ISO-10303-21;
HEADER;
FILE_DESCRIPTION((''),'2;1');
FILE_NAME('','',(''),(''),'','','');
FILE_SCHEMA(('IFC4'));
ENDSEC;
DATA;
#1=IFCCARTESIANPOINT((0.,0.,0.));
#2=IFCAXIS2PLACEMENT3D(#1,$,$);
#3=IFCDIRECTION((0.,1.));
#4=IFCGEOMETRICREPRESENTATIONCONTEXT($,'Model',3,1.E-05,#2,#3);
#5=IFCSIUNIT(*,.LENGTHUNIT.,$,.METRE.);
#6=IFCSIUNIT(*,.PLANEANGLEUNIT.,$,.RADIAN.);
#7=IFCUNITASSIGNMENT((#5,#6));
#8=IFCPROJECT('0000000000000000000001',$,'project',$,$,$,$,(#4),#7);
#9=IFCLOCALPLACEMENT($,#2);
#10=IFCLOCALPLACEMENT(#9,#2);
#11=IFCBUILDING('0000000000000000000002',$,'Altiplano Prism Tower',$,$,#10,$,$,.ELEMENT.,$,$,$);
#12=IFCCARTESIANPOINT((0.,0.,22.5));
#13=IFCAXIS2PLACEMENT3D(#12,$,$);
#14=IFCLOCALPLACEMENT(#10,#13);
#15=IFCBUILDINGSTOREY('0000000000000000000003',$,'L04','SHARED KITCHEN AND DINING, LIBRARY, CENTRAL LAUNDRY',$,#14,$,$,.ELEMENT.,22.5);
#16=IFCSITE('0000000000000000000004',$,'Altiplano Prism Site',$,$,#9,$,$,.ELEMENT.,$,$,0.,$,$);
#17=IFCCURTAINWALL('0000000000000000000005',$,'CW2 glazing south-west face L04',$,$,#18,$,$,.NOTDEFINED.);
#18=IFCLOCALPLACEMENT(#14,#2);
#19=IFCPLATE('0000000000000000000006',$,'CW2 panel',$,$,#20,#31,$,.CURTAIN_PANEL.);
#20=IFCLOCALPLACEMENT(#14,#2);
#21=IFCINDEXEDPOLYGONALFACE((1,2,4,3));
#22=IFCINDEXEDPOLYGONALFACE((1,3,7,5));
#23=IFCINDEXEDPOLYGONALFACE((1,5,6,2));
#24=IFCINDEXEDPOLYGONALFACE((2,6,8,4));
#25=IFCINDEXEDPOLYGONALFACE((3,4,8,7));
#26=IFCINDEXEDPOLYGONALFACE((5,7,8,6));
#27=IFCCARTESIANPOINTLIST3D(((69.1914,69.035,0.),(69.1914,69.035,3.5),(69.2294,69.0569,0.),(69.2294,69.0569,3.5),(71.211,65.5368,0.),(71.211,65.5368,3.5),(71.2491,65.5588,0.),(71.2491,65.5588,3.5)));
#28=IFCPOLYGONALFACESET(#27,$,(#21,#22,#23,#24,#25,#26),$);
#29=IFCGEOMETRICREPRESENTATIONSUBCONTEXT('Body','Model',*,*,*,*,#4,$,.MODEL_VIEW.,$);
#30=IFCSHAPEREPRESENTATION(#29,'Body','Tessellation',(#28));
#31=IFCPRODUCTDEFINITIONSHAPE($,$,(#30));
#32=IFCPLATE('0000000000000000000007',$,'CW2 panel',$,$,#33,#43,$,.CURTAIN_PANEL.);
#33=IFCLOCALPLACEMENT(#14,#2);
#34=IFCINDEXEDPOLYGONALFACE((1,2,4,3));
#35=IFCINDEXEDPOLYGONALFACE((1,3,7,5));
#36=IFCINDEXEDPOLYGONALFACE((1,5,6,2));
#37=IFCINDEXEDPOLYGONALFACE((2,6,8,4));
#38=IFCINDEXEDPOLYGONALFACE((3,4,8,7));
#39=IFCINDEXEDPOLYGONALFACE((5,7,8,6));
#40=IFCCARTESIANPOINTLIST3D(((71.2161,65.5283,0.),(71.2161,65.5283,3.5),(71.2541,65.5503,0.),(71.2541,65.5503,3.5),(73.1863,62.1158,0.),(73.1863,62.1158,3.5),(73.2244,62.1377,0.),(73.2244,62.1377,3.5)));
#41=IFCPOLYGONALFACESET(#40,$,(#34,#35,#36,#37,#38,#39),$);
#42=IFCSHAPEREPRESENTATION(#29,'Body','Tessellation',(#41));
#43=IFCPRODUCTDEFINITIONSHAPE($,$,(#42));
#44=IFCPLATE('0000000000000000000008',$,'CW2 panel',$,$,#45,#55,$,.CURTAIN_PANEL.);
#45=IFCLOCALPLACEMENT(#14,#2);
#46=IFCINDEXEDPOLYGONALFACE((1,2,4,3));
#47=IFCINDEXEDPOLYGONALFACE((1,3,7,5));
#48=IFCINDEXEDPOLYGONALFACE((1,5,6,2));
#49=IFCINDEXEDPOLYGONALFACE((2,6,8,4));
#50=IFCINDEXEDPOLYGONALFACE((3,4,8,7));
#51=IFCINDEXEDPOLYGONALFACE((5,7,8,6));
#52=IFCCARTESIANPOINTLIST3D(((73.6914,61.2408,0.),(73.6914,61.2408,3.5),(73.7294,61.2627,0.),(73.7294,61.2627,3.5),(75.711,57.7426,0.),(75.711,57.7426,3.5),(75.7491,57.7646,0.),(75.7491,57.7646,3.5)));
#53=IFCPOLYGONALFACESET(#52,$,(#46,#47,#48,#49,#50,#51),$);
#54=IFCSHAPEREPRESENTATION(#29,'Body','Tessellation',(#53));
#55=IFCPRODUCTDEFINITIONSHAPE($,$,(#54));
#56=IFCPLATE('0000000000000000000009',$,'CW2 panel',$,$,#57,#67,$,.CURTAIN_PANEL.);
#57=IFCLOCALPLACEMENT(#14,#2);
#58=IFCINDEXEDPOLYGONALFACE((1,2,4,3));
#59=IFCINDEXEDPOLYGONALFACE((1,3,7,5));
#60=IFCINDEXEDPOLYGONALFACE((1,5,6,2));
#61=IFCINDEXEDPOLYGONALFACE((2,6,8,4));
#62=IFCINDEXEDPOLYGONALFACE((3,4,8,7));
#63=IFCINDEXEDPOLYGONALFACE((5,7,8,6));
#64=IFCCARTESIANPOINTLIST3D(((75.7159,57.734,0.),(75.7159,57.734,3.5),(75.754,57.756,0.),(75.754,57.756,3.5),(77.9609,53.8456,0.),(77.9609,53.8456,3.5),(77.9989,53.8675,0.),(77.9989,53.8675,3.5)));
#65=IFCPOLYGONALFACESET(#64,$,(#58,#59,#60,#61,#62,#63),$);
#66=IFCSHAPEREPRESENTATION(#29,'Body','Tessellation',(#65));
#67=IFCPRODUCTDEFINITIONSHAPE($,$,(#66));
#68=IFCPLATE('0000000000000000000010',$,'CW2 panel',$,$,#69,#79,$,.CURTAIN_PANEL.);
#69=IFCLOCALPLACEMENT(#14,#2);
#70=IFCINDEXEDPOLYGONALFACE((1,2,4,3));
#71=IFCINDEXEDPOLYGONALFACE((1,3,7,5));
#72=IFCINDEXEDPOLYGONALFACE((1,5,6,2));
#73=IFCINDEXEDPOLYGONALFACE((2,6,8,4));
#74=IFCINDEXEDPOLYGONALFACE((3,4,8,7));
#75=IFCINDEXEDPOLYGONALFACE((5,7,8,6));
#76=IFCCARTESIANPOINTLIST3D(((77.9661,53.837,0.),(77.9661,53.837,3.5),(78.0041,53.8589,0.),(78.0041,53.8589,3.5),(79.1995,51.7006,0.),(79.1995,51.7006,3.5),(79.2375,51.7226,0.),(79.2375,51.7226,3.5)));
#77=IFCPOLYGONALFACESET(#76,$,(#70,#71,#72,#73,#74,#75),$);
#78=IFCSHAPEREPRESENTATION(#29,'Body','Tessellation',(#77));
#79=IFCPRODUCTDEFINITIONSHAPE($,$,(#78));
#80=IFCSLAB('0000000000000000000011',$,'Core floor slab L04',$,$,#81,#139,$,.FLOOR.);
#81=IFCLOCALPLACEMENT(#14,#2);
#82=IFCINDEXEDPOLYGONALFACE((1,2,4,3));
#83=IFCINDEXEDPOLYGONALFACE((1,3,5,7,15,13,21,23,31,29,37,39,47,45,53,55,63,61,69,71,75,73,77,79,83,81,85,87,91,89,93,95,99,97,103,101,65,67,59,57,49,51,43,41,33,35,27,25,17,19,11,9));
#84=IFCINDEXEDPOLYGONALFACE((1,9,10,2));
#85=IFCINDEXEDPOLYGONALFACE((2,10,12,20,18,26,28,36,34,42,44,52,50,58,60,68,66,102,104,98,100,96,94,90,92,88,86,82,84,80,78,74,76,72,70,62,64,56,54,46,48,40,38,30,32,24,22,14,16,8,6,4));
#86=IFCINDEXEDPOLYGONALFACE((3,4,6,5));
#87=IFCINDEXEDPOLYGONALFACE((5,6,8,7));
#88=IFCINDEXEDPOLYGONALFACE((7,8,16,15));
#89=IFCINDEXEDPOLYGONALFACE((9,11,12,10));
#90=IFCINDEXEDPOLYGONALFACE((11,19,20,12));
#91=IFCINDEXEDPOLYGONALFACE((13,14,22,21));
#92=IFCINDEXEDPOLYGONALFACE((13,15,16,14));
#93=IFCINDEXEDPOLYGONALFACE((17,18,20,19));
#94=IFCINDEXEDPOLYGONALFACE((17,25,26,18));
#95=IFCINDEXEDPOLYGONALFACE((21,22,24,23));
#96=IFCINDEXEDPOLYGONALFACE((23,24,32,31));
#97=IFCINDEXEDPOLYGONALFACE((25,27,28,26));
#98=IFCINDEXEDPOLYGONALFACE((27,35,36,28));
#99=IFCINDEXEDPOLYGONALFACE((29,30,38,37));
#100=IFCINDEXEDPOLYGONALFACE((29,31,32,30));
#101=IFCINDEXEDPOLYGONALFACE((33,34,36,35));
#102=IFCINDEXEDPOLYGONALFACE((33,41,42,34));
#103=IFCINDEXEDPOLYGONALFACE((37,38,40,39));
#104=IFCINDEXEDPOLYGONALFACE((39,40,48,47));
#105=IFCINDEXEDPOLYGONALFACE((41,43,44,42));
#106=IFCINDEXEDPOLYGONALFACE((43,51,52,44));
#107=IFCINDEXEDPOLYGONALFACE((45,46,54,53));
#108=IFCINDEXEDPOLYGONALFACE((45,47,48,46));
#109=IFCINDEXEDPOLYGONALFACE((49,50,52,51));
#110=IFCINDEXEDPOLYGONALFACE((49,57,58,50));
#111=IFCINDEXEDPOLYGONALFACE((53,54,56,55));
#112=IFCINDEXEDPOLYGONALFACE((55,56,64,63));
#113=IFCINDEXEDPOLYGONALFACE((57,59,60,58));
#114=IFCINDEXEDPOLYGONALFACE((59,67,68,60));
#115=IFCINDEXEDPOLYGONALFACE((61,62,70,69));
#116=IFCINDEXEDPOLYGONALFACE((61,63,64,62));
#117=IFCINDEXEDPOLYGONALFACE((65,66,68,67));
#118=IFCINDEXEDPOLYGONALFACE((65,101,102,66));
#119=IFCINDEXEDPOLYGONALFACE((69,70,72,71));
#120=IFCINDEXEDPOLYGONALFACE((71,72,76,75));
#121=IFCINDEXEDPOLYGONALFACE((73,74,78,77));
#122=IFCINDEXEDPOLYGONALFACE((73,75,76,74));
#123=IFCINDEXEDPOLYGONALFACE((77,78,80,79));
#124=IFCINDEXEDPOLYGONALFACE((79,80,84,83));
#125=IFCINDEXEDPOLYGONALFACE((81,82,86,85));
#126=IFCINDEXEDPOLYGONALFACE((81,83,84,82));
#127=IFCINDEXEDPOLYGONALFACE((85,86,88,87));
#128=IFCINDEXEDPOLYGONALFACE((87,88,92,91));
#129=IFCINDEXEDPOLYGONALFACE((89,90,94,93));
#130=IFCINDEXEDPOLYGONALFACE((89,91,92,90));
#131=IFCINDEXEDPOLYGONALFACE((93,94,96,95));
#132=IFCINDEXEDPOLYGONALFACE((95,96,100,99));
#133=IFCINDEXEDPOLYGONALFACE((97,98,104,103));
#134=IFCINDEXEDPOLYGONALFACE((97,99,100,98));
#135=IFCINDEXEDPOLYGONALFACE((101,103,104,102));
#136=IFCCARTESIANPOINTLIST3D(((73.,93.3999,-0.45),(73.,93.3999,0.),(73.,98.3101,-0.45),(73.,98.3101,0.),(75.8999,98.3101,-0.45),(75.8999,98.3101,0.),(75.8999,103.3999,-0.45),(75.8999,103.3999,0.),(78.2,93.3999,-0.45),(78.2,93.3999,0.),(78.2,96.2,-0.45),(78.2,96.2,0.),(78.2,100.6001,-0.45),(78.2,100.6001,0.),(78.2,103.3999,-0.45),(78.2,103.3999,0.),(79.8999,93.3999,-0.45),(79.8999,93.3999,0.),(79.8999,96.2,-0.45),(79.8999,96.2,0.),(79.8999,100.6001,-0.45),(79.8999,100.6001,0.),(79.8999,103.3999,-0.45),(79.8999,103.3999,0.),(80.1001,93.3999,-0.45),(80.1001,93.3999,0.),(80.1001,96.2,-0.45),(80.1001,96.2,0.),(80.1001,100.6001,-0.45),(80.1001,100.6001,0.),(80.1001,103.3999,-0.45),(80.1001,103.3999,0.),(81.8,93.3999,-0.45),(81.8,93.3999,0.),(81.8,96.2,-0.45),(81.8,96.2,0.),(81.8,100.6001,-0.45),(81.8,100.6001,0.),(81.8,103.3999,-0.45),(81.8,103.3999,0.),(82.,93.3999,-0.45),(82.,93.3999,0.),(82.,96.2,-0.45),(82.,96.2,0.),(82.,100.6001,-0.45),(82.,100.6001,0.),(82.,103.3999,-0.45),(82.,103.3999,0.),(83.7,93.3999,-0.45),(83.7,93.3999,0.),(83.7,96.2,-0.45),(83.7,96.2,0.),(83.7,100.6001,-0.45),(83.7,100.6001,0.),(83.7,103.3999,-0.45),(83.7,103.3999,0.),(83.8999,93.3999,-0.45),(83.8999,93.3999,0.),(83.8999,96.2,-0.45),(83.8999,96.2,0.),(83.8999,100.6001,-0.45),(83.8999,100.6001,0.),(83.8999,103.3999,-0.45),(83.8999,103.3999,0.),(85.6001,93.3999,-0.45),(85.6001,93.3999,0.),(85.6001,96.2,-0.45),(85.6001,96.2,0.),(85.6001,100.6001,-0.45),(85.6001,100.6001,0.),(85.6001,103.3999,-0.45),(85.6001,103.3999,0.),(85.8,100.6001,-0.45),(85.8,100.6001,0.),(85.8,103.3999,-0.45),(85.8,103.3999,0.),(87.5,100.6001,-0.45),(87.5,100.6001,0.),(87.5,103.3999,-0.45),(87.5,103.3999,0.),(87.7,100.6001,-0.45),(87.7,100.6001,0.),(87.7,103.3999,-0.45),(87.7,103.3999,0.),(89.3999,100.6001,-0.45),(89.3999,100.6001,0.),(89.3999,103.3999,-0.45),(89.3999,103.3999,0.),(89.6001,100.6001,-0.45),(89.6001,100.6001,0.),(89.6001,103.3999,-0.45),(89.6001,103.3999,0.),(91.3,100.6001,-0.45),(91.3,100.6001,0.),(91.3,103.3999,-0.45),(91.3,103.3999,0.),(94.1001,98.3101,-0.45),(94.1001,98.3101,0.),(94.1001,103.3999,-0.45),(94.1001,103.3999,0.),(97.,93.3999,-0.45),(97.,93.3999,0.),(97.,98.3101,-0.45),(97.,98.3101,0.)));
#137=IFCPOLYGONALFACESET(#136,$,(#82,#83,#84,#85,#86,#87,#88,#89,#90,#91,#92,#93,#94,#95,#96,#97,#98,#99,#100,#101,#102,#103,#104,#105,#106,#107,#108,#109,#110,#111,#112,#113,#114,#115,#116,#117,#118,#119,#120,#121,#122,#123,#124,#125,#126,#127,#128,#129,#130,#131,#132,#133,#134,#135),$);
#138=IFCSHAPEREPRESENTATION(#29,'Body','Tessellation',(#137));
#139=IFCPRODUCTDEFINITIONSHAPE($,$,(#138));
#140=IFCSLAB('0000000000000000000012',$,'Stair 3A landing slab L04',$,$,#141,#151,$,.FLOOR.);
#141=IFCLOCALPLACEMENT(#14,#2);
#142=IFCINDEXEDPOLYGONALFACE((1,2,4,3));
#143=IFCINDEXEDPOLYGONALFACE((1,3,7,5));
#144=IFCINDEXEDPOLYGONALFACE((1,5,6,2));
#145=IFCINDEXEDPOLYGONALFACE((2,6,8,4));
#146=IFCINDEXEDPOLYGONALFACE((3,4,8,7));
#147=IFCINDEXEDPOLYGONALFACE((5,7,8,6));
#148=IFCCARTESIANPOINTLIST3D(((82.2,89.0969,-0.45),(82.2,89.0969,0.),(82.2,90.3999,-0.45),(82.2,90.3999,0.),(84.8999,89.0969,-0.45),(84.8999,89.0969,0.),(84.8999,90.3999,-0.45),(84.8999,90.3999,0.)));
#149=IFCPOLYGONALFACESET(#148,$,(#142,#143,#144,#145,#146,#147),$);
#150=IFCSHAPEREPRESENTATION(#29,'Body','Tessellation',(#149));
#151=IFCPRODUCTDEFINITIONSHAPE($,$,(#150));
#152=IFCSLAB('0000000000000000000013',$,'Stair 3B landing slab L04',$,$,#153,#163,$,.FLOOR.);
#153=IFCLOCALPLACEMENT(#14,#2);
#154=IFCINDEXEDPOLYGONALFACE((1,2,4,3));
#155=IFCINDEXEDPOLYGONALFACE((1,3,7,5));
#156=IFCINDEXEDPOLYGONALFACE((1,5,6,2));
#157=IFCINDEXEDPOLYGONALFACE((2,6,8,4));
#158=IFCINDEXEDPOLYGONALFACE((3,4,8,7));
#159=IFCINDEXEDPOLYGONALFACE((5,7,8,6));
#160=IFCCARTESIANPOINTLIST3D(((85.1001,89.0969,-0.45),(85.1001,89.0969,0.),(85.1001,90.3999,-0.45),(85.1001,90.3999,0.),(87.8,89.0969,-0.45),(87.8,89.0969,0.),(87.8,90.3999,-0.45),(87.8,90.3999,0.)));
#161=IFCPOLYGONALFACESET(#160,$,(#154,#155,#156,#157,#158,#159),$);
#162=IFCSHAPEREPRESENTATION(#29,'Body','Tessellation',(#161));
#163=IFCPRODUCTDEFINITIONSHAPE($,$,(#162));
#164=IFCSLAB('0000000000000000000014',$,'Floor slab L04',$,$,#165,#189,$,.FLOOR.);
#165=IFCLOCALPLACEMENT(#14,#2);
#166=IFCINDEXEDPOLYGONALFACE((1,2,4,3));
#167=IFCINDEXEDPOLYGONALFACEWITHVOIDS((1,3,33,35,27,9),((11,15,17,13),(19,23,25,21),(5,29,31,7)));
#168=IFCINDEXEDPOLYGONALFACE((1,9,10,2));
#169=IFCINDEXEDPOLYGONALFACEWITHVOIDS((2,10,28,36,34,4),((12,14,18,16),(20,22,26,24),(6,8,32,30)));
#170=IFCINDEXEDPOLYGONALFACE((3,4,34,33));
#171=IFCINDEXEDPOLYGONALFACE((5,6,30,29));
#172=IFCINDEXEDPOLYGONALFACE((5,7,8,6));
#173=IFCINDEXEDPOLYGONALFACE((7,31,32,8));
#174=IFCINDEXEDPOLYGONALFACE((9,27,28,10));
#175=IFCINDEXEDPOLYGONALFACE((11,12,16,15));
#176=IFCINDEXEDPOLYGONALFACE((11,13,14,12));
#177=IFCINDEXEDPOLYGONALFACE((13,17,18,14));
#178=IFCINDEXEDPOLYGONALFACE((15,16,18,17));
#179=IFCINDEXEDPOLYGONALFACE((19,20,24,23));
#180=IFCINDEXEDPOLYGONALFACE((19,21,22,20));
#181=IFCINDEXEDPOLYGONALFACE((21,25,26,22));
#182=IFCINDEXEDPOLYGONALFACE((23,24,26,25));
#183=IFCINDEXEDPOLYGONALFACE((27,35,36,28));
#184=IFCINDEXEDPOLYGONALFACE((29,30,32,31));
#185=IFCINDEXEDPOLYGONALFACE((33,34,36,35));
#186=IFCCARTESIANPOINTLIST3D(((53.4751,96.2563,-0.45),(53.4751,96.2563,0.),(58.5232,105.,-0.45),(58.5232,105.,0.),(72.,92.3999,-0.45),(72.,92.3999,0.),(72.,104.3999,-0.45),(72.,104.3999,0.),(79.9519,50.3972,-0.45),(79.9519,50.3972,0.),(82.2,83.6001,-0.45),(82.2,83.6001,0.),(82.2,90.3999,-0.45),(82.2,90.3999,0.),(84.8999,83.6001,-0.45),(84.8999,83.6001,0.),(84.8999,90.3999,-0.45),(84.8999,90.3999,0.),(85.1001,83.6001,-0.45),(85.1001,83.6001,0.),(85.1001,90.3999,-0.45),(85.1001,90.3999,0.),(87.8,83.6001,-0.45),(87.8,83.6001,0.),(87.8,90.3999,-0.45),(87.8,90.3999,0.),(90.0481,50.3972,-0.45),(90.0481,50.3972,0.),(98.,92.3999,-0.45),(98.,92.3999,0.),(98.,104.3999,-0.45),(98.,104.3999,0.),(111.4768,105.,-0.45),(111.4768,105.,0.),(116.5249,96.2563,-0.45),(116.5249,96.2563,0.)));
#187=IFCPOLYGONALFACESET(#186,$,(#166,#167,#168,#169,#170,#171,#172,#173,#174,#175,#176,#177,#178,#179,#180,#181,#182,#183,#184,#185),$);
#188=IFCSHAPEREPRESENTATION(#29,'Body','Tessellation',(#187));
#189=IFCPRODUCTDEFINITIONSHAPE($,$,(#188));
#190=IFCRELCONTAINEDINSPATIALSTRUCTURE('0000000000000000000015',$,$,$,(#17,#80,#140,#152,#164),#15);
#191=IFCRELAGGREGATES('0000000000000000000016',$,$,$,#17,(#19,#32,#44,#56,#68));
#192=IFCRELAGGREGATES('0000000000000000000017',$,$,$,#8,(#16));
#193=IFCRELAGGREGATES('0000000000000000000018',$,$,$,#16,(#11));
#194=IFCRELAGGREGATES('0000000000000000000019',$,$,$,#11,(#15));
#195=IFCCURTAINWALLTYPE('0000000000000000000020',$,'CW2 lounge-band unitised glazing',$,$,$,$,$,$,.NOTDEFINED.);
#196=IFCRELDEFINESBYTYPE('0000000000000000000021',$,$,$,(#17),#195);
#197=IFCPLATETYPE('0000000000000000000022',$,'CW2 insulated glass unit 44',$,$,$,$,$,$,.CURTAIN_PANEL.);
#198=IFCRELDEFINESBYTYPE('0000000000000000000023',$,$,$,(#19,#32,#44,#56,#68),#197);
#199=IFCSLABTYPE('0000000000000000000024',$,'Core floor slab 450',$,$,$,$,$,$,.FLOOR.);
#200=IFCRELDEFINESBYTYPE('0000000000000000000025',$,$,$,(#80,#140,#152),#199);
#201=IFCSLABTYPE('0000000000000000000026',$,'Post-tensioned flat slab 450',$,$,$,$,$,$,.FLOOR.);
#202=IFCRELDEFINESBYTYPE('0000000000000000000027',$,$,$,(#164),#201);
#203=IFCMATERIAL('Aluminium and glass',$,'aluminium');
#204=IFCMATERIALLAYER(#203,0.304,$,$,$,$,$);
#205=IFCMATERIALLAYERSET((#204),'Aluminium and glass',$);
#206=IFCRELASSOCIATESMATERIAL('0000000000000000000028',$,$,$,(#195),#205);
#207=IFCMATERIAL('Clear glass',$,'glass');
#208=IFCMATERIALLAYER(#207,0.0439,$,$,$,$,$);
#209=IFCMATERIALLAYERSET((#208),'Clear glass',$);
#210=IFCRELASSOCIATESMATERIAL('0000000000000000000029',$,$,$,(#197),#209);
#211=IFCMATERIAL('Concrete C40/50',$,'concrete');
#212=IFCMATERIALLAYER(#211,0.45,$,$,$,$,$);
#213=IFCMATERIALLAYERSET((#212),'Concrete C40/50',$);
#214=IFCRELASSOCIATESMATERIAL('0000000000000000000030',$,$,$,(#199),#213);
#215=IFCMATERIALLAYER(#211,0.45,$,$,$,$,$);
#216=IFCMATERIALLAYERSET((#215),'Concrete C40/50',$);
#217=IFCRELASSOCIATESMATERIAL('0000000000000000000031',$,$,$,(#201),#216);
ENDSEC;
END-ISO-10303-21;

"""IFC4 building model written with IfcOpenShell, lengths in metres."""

from ifc_helpers import new_model, si_unit, direction, frame, origin, origin_2d, place, context, subcontext, project, spatial, polyline, rectangle, outline, extrude, material, layer, layer_set, type_object, element, aggregate, save


model = new_model("IFC4")

# Units and contexts
model_context = context("Model", 3, precision=1e-05, world=origin(), true_north=direction((0.0, 1.0)))
body_context = subcontext(model_context, "Body", "Model", "MODEL_VIEW")
ifc_project = project(units=[si_unit("LENGTHUNIT", "METRE"), si_unit("PLANEANGLEUNIT", "RADIAN")], contexts=[model_context])

# Site, building, storey
site_placement = place(None, origin())
site = spatial("IfcSite", under=ifc_project, at=site_placement, Name="Altiplano Prism Site", CompositionType="ELEMENT", RefElevation=0.0)
building_placement = place(site_placement, origin())
building = spatial("IfcBuilding", under=site, at=building_placement, Name="Altiplano Prism Tower", CompositionType="ELEMENT")
storey_placement = place(building_placement, frame((0.0, 0.0, 22.5)))
storey = spatial("IfcBuildingStorey", under=building, at=storey_placement, Name="L04", Description="SHARED KITCHEN AND DINING, LIBRARY, CENTRAL LAUNDRY", CompositionType="ELEMENT", Elevation=22.5)

# Curtain wall
ifc_material_1 = material(Name="Aluminium and glass", Category="aluminium")
ifc_layer_1 = layer(ifc_material_1, 0.304)
ifc_layer_set_1 = layer_set([ifc_layer_1], Name="Aluminium and glass")
curtain_wall_type = type_object("IfcCurtainWallType", Name="CW2 lounge-band unitised glazing", PredefinedType="NOTDEFINED", material=ifc_layer_set_1)
curtain_wall_placement = place(storey_placement, origin())
curtain_wall = element("IfcCurtainWall", 1, at=curtain_wall_placement, inside=storey, type_object=curtain_wall_type, Name="CW2 glazing south-west face L04", PredefinedType="NOTDEFINED")

# Plates
ifc_material_2 = material(Name="Clear glass", Category="glass")
ifc_layer_2 = layer(ifc_material_2, 0.0439)
ifc_layer_set_2 = layer_set([ifc_layer_2], Name="Clear glass")
plate_type = type_object("IfcPlateType", Name="CW2 insulated glass unit 44", PredefinedType="CURTAIN_PANEL", material=ifc_layer_set_2)
plate_1_placement = place(storey_placement, frame((70.2202, 67.2969, 0.0), z_axis=(0.0, 0.0, 1.0), x_axis=(0.5, -0.866025, 0.0)))
plate_1 = element("IfcPlate", 2, at=plate_1_placement, type_object=plate_type, Name="CW2 panel", PredefinedType="CURTAIN_PANEL", context=body_context, shape_type="SweptSolid", body=[
    extrude(rectangle(XDim=4.0393, YDim=0.0439, at=origin_2d()), origin(), (0.0, 0.0, 1.0), 3.5),
])
plate_2_placement = place(storey_placement, frame((72.2202, 63.833, 0.0), z_axis=(0.0, 0.0, 1.0), x_axis=(0.5, -0.866025, 0.0)))
plate_2 = element("IfcPlate", 3, at=plate_2_placement, type_object=plate_type, Name="CW2 panel", PredefinedType="CURTAIN_PANEL", context=body_context, shape_type="SweptSolid", body=[
    extrude(rectangle(XDim=3.9404, YDim=0.0439, at=origin_2d()), origin(), (0.0, 0.0, 1.0), 3.5),
])
plate_3_placement = place(storey_placement, frame((74.7202, 59.5027, 0.0), z_axis=(0.0, 0.0, 1.0), x_axis=(0.5, -0.866025, 0.0)))
plate_3 = element("IfcPlate", 4, at=plate_3_placement, type_object=plate_type, Name="CW2 panel", PredefinedType="CURTAIN_PANEL", context=body_context, shape_type="SweptSolid", body=[
    extrude(rectangle(XDim=4.0393, YDim=0.0439, at=origin_2d()), origin(), (0.0, 0.0, 1.0), 3.5),
])
plate_4_placement = place(storey_placement, frame((76.8574, 55.8008, 0.0), z_axis=(0.0, 0.0, 1.0), x_axis=(0.5, -0.866025, 0.0)))
plate_4 = element("IfcPlate", 5, at=plate_4_placement, type_object=plate_type, Name="CW2 panel", PredefinedType="CURTAIN_PANEL", context=body_context, shape_type="SweptSolid", body=[
    extrude(rectangle(XDim=4.49, YDim=0.0439, at=origin_2d()), origin(), (0.0, 0.0, 1.0), 3.5),
])
plate_5_placement = place(storey_placement, frame((78.6018, 52.7798, 0.0), z_axis=(0.0, 0.0, 1.0), x_axis=(0.5, -0.866025, 0.0)))
plate_5 = element("IfcPlate", 6, at=plate_5_placement, type_object=plate_type, Name="CW2 panel", PredefinedType="CURTAIN_PANEL", context=body_context, shape_type="SweptSolid", body=[
    extrude(rectangle(XDim=2.4668, YDim=0.0439, at=origin_2d()), origin(), (0.0, 0.0, 1.0), 3.5),
])
aggregate(curtain_wall, [plate_1, plate_2, plate_3, plate_4, plate_5])

# Slabs
ifc_material_3 = material(Name="Concrete C40/50", Category="concrete")
ifc_layer_3 = layer(ifc_material_3, 0.45)
ifc_layer_set_3 = layer_set([ifc_layer_3], Name="Concrete C40/50")
slab_type_1 = type_object("IfcSlabType", Name="Core floor slab 450", PredefinedType="FLOOR", material=ifc_layer_set_3)
slab_1_placement = place(storey_placement, frame((0.0, 0.0, -0.45)))
element("IfcSlab", 7, at=slab_1_placement, inside=storey, type_object=slab_type_1, Name="Core floor slab L04", PredefinedType="FLOOR", context=body_context, shape_type="SweptSolid", body=[
    extrude(outline(polyline([(97.0, 98.3101), (94.1001, 98.3101), (94.1001, 103.3999), (91.3, 103.3999), (91.3, 100.6001), (89.6001, 100.6001), (89.6001, 103.3999), (89.3999, 103.3999), (89.3999, 100.6001), (87.7, 100.6001), (87.7, 103.3999), (87.5, 103.3999), (87.5, 100.6001), (85.8, 100.6001), (85.8, 103.3999), (85.6001, 103.3999), (85.6001, 100.6001), (83.8999, 100.6001), (83.8999, 103.3999), (83.7, 103.3999), (83.7, 100.6001), (82.0, 100.6001), (82.0, 103.3999), (81.8, 103.3999), (81.8, 100.6001), (80.1001, 100.6001), (80.1001, 103.3999), (79.8999, 103.3999), (79.8999, 100.6001), (78.2, 100.6001), (78.2, 103.3999), (75.8999, 103.3999), (75.8999, 98.3101), (73.0, 98.3101), (73.0, 93.3999), (78.2, 93.3999), (78.2, 96.2), (79.8999, 96.2), (79.8999, 93.3999), (80.1001, 93.3999), (80.1001, 96.2), (81.8, 96.2), (81.8, 93.3999), (82.0, 93.3999), (82.0, 96.2), (83.7, 96.2), (83.7, 93.3999), (83.8999, 93.3999), (83.8999, 96.2), (85.6001, 96.2), (85.6001, 93.3999), (97.0, 93.3999), (97.0, 98.3101)])), origin(), (0.0, 0.0, 1.0), 0.45),
])
slab_2_placement = place(storey_placement, frame((0.0, 0.0, -0.45)))
element("IfcSlab", 8, at=slab_2_placement, inside=storey, type_object=slab_type_1, Name="Stair 3A landing slab L04", PredefinedType="FLOOR", context=body_context, shape_type="SweptSolid", body=[
    extrude(outline(polyline([(82.2, 89.0969), (84.8999, 89.0969), (84.8999, 90.3999), (82.2, 90.3999), (82.2, 89.0969)])), origin(), (0.0, 0.0, 1.0), 0.45),
])
slab_3_placement = place(storey_placement, frame((0.0, 0.0, -0.45)))
element("IfcSlab", 9, at=slab_3_placement, inside=storey, type_object=slab_type_1, Name="Stair 3B landing slab L04", PredefinedType="FLOOR", context=body_context, shape_type="SweptSolid", body=[
    extrude(outline(polyline([(85.1001, 89.0969), (87.8, 89.0969), (87.8, 90.3999), (85.1001, 90.3999), (85.1001, 89.0969)])), origin(), (0.0, 0.0, 1.0), 0.45),
])
ifc_layer_4 = layer(ifc_material_3, 0.45)
ifc_layer_set_4 = layer_set([ifc_layer_4], Name="Concrete C40/50")
slab_type_2 = type_object("IfcSlabType", Name="Post-tensioned flat slab 450", PredefinedType="FLOOR", material=ifc_layer_set_4)
slab_4_placement = place(storey_placement, frame((0.0, 0.0, -0.45)))
element("IfcSlab", 10, at=slab_4_placement, inside=storey, type_object=slab_type_2, Name="Floor slab L04", PredefinedType="FLOOR", context=body_context, shape_type="SweptSolid", body=[
    extrude(outline(polyline([(79.9519, 50.3972), (53.4751, 96.2563), (58.5232, 105.0), (111.4768, 105.0), (116.5249, 96.2563), (90.0481, 50.3972), (79.9519, 50.3972)]), holes=[polyline([(72.0, 104.3999), (72.0, 92.3999), (98.0, 92.3999), (98.0, 104.3999), (72.0, 104.3999)]), polyline([(84.8999, 90.3999), (82.2, 90.3999), (82.2, 83.6001), (84.8999, 83.6001), (84.8999, 90.3999)]), polyline([(87.8, 83.6001), (87.8, 90.3999), (85.1001, 90.3999), (85.1001, 83.6001), (87.8, 83.6001)])]), origin(), (0.0, 0.0, 1.0), 0.45),
])

save(model, "model.ifc")
